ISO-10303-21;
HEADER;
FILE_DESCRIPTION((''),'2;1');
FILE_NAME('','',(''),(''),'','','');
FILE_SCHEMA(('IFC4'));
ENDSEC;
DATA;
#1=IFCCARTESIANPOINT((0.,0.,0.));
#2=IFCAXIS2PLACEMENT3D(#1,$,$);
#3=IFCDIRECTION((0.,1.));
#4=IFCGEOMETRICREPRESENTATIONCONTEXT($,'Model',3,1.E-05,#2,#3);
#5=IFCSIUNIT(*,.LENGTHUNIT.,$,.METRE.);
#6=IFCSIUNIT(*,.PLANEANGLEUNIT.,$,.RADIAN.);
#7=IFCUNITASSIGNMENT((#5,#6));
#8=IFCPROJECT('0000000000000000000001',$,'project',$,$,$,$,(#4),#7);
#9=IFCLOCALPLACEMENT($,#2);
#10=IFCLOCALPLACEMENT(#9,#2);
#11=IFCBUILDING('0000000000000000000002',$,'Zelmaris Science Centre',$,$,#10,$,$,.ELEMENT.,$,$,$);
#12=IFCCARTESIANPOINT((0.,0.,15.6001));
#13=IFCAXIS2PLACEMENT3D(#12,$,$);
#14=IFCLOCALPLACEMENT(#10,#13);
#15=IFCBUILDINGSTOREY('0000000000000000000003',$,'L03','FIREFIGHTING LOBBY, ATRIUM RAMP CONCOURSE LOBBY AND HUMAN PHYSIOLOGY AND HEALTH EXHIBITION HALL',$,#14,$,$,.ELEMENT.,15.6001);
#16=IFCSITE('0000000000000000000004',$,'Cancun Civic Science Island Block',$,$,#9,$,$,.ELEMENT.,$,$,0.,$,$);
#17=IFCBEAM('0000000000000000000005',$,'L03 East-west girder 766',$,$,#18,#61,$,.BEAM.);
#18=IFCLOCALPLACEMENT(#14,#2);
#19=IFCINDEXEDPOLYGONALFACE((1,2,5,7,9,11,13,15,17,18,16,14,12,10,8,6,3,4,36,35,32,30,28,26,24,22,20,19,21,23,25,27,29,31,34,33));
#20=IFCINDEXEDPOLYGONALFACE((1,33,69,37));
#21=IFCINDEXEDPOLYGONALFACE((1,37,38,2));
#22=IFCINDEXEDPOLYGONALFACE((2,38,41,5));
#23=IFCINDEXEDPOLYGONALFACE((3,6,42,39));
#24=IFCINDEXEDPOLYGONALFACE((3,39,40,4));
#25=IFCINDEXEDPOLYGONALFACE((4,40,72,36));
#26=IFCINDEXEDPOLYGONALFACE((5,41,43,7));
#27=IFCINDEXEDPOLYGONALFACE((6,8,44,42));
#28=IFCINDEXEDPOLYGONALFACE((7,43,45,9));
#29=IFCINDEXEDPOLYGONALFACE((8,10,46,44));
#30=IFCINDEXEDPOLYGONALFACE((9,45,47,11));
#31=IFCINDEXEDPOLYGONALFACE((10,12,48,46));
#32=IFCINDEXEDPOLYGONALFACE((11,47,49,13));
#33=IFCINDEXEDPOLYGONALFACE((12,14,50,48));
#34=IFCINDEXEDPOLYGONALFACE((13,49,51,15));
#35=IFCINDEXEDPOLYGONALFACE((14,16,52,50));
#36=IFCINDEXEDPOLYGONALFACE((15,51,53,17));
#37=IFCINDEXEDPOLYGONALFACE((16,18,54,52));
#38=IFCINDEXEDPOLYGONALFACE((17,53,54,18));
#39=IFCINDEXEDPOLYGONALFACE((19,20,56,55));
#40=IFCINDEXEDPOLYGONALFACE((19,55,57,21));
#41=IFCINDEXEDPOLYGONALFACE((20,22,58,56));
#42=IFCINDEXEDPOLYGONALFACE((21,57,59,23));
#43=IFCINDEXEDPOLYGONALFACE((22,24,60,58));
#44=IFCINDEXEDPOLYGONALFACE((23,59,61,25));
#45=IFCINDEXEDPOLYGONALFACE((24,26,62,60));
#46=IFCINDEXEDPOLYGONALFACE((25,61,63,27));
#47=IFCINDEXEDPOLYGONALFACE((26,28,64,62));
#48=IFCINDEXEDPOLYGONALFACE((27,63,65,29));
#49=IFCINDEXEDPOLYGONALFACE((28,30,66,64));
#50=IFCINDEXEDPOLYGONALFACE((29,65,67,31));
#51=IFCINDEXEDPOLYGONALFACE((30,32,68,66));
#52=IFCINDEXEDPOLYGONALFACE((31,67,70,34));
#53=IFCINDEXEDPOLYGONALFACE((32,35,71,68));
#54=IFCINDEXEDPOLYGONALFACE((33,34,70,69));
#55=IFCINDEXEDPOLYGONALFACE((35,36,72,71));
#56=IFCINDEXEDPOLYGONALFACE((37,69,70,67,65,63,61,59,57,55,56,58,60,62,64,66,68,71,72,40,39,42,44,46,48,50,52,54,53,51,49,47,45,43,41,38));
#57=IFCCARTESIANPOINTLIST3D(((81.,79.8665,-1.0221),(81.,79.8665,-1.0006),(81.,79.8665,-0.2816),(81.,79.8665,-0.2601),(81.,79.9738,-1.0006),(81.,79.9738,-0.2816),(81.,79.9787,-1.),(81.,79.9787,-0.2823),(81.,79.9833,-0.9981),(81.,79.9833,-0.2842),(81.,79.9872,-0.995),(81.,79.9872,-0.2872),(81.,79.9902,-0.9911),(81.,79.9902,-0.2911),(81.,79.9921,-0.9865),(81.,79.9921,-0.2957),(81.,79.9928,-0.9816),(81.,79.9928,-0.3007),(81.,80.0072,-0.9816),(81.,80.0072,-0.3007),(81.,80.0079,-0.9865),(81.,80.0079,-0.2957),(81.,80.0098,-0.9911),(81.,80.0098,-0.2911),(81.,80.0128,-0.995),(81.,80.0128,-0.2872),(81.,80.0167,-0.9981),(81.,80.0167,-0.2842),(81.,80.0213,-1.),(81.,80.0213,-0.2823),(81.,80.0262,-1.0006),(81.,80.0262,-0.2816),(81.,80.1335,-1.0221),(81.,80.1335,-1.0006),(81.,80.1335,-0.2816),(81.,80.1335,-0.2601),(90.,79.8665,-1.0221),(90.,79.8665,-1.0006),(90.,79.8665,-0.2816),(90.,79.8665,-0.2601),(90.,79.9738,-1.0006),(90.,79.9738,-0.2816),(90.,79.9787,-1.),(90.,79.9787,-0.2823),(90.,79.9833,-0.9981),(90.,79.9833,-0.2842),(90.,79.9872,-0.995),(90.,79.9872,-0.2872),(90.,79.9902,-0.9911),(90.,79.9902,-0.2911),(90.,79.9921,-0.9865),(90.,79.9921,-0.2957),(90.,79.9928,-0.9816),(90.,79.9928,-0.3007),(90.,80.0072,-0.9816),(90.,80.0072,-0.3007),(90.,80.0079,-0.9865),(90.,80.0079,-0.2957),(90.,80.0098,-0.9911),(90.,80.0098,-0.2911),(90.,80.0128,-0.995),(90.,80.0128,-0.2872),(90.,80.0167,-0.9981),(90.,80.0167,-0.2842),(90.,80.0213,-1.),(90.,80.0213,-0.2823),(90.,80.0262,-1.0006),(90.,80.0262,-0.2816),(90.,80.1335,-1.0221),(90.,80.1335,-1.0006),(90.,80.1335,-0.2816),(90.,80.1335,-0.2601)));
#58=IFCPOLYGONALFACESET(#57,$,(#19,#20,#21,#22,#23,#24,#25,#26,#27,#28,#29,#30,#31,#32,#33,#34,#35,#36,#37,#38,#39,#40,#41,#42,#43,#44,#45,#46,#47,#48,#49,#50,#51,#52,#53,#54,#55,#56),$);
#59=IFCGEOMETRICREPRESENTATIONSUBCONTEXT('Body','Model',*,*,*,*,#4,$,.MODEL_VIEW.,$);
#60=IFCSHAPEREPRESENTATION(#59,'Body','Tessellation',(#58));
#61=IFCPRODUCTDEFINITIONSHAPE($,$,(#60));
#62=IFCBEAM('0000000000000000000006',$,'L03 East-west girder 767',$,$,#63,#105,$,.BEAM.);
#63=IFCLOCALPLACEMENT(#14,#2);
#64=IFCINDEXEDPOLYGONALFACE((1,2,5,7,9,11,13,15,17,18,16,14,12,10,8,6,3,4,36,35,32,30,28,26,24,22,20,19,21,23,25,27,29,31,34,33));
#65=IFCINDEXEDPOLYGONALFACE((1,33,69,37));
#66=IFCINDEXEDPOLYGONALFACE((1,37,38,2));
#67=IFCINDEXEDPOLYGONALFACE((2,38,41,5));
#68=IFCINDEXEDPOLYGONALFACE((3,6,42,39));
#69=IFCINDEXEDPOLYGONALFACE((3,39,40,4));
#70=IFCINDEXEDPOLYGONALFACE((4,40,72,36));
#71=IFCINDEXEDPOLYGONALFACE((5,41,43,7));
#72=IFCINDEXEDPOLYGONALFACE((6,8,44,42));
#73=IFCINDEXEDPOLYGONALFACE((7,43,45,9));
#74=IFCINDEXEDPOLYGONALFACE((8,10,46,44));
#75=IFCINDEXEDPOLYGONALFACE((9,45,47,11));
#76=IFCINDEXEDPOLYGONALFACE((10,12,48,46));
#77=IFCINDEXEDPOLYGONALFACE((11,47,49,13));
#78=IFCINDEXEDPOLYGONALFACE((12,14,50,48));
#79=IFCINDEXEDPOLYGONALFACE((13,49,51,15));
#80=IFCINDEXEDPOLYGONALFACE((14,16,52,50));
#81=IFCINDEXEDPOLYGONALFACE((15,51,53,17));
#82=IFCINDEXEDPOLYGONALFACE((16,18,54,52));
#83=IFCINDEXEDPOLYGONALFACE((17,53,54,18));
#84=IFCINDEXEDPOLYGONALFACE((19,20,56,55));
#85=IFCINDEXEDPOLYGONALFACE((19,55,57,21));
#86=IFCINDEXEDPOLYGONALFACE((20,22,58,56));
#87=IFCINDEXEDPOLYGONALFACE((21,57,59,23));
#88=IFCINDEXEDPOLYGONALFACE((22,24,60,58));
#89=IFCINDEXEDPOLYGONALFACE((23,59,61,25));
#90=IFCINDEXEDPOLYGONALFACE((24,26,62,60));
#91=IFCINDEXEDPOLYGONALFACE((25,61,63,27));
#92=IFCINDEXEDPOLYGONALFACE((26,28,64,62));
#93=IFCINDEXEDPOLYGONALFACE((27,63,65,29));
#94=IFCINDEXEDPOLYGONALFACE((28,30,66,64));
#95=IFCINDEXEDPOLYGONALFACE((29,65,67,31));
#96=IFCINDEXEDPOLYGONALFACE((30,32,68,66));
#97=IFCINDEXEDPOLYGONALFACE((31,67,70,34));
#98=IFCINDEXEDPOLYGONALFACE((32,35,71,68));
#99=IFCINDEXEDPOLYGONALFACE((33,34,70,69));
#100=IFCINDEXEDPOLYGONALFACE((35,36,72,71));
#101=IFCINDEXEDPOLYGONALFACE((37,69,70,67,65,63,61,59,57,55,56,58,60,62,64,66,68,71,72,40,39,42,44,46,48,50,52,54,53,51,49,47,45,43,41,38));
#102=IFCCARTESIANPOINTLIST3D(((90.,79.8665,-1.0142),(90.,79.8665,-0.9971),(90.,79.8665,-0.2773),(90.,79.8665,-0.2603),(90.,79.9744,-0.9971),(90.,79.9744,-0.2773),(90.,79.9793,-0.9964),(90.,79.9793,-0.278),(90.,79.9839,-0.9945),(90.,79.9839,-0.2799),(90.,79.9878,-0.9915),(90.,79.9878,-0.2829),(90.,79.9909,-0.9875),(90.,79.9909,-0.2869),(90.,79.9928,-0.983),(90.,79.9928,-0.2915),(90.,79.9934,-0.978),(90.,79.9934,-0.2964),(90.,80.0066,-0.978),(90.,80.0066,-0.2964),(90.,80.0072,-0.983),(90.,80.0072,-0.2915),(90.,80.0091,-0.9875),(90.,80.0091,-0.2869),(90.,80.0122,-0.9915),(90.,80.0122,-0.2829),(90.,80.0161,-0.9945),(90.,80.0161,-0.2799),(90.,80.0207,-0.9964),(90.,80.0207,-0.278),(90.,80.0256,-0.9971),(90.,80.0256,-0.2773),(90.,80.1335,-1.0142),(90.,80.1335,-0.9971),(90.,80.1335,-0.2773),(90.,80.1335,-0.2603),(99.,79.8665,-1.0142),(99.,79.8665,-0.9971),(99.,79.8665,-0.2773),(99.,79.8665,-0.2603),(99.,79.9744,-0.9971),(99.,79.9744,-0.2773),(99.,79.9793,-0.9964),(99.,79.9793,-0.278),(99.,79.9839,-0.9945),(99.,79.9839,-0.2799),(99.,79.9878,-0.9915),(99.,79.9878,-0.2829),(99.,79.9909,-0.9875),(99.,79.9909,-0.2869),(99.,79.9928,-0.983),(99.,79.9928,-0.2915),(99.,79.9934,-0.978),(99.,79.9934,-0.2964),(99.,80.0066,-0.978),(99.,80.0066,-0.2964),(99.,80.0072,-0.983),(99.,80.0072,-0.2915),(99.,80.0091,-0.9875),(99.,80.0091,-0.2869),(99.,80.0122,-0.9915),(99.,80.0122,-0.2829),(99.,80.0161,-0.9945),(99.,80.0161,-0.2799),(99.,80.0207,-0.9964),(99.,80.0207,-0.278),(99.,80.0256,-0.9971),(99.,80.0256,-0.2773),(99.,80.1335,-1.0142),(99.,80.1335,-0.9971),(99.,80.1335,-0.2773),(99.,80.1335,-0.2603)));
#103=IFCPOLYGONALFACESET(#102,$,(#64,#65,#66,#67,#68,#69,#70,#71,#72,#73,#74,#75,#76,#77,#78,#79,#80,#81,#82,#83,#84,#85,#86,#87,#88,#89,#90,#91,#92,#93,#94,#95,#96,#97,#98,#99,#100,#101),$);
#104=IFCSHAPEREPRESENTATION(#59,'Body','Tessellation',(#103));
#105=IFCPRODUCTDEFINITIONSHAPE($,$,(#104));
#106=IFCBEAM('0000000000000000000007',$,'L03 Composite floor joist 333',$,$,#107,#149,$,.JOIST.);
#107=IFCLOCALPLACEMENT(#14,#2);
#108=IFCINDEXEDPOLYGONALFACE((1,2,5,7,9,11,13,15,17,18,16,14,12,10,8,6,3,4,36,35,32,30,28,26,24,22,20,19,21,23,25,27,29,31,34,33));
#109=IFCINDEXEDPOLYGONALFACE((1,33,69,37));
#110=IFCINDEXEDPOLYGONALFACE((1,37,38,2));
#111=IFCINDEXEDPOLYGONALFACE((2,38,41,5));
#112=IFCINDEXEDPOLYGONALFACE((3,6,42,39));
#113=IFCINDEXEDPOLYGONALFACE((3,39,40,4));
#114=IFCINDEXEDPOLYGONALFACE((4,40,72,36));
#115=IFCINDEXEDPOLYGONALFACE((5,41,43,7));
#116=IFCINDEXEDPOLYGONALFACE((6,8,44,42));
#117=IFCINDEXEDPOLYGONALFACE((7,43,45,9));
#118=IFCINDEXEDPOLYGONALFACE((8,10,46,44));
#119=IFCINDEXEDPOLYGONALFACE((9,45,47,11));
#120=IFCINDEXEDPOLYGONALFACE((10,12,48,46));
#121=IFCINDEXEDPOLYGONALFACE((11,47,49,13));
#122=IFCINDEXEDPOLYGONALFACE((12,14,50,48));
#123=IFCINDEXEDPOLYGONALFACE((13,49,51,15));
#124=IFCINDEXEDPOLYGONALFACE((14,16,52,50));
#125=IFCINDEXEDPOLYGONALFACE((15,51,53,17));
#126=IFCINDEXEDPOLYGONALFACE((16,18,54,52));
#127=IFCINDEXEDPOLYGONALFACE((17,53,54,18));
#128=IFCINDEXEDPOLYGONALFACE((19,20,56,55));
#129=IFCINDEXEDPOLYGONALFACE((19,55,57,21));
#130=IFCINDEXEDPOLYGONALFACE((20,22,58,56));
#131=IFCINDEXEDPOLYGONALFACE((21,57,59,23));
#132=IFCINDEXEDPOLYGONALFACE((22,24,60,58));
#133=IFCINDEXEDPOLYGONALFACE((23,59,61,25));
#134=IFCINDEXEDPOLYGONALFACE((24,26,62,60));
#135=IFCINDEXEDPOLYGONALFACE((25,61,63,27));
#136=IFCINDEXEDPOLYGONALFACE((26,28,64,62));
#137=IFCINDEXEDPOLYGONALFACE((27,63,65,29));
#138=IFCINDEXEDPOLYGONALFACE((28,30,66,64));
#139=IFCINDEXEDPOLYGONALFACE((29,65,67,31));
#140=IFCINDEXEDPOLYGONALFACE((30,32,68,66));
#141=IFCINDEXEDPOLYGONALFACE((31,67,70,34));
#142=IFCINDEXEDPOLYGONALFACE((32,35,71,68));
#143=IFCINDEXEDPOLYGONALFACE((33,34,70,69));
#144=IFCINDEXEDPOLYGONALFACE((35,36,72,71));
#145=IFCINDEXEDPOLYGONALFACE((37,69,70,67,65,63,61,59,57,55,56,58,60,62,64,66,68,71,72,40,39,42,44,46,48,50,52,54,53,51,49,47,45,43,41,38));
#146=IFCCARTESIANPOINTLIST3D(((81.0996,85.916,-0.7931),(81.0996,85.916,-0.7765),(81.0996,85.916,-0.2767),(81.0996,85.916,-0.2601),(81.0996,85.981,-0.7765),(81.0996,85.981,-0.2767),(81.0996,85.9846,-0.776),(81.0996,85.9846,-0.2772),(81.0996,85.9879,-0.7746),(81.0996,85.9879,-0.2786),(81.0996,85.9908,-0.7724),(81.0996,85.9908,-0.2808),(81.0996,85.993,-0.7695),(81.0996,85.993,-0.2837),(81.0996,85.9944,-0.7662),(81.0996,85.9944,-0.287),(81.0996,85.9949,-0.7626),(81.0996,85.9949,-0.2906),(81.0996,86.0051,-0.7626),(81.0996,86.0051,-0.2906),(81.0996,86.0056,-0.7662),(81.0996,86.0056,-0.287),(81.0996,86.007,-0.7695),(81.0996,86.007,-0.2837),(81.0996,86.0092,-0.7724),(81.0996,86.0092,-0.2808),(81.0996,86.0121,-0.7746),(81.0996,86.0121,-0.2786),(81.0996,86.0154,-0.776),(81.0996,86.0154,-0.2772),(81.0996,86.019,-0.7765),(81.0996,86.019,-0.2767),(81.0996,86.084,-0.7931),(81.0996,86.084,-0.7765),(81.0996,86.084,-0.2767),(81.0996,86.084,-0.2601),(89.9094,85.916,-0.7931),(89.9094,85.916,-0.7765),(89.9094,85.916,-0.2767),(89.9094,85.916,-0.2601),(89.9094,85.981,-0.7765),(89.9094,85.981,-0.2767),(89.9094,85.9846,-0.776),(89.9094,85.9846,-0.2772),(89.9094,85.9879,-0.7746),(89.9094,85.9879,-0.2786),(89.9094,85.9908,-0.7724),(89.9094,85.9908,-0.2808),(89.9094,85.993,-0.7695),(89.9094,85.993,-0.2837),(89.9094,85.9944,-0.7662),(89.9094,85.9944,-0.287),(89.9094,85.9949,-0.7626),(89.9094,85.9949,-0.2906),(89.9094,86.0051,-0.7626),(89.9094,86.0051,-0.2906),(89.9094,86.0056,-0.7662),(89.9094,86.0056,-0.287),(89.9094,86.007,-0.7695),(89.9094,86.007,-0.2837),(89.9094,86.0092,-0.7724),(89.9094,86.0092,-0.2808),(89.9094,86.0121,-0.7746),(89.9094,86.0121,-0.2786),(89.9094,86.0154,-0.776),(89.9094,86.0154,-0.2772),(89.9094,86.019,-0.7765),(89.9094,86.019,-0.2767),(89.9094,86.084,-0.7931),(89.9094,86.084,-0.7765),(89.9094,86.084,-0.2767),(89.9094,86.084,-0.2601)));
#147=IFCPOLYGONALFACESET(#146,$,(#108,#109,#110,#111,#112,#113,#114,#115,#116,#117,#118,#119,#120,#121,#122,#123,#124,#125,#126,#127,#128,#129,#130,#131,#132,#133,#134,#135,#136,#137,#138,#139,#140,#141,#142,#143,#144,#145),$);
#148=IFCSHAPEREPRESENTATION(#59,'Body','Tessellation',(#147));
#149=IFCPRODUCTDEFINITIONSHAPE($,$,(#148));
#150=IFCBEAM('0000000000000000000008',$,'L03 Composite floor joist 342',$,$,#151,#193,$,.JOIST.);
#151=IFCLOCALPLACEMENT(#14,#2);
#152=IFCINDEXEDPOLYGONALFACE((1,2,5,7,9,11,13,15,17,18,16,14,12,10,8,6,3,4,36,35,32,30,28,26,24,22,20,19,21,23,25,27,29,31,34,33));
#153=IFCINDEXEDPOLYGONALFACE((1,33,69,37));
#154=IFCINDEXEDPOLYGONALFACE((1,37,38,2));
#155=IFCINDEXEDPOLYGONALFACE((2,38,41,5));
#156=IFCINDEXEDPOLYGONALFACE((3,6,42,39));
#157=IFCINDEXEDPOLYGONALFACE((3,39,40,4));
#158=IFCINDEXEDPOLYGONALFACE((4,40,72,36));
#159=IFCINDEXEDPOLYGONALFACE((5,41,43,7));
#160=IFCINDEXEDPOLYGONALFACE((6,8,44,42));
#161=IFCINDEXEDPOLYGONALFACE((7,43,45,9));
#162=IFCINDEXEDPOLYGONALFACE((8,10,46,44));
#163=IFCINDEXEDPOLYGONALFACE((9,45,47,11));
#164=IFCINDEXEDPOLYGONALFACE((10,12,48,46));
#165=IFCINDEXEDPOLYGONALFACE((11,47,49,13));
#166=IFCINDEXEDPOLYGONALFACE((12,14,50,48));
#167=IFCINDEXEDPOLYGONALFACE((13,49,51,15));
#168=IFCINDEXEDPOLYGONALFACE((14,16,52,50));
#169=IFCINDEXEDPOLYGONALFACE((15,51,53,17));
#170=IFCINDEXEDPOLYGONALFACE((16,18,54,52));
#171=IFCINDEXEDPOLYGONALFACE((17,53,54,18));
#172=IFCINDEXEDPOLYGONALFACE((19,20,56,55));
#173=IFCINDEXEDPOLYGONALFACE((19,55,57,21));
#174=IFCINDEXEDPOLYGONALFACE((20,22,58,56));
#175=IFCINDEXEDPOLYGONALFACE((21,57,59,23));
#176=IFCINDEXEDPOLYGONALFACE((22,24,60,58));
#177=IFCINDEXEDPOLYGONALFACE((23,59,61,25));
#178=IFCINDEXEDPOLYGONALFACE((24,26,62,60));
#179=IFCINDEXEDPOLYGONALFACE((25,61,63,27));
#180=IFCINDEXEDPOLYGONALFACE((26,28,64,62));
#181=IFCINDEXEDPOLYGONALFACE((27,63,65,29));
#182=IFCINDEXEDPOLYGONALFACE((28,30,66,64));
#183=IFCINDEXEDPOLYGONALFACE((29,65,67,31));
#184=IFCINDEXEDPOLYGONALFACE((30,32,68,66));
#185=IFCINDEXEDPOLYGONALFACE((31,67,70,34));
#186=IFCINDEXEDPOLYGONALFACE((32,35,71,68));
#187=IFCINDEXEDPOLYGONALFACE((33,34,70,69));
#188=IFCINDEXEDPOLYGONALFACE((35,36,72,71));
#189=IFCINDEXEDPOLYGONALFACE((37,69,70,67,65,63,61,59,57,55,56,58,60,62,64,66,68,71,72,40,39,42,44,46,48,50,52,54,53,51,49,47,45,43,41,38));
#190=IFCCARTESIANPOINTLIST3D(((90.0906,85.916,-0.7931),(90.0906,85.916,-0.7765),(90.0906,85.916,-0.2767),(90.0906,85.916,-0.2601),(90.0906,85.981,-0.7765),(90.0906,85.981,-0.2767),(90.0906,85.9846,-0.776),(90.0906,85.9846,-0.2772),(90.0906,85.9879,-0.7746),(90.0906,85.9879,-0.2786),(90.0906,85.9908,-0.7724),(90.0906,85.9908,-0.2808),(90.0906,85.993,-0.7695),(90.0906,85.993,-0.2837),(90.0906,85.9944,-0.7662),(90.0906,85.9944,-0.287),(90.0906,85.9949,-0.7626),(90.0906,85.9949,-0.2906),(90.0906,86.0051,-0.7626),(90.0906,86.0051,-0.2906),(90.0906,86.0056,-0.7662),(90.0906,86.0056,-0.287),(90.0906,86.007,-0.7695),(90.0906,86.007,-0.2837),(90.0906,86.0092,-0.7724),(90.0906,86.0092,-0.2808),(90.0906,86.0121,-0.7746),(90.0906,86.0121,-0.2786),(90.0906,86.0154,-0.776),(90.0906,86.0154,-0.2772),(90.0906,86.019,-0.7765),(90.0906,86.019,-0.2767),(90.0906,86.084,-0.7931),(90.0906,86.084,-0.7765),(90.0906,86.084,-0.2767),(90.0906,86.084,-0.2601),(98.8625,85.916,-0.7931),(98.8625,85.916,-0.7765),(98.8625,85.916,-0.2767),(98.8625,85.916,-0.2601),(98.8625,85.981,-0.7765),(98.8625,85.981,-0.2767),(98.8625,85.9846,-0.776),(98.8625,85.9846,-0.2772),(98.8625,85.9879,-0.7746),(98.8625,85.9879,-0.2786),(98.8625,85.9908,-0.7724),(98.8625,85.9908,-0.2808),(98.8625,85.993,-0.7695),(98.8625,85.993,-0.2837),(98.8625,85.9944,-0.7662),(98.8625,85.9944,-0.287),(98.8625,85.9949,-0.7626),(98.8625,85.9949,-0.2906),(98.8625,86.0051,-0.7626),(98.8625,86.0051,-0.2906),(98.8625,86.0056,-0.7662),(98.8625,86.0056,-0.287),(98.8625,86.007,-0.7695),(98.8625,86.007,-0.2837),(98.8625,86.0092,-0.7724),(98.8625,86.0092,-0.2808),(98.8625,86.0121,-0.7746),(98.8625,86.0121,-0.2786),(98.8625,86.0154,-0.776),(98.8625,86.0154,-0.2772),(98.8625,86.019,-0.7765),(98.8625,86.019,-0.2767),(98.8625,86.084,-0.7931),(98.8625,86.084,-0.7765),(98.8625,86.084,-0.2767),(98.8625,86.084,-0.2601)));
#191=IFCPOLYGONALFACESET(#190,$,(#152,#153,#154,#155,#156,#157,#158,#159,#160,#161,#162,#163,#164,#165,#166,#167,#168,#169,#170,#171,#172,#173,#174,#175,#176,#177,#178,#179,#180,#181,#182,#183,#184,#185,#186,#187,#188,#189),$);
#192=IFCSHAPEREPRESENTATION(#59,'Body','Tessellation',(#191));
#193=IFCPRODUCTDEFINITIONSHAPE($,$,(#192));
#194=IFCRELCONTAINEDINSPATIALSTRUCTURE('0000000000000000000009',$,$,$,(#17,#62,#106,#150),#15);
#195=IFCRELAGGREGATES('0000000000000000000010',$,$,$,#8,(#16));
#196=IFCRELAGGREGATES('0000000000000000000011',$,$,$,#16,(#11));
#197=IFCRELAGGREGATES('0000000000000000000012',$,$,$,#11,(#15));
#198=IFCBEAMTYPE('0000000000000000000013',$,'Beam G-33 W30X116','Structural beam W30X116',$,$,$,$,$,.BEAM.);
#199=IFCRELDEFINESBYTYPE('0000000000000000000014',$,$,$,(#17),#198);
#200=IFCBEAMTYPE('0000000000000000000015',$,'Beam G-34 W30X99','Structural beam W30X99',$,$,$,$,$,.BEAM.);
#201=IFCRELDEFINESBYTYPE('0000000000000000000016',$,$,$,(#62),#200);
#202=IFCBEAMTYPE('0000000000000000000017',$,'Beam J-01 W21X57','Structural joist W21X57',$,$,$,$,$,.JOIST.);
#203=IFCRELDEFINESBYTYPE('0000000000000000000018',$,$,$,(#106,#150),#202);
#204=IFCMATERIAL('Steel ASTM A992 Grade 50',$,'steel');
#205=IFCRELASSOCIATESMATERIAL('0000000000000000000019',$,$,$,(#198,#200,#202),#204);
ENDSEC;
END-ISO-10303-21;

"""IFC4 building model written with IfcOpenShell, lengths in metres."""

from ifc_helpers import new_model, si_unit, direction, frame, origin, origin_2d, place, context, subcontext, project, spatial, i_section, extrude, material, material_profile, profile_set, type_object, element, save


model = new_model("IFC4")

# Units and contexts
model_context = context("Model", 3, precision=1e-05, world=origin(), true_north=direction((0.0, 1.0)))
body_context = subcontext(model_context, "Body", "Model", "MODEL_VIEW")
ifc_project = project(units=[si_unit("LENGTHUNIT", "METRE"), si_unit("PLANEANGLEUNIT", "RADIAN")], contexts=[model_context])

# Site, building, storey
site_placement = place(None, origin())
site = spatial("IfcSite", under=ifc_project, at=site_placement, Name="Cancun Civic Science Island Block", CompositionType="ELEMENT", RefElevation=0.0)
building_placement = place(site_placement, origin())
building = spatial("IfcBuilding", under=site, at=building_placement, Name="Zelmaris Science Centre", CompositionType="ELEMENT")
storey_placement = place(building_placement, frame((0.0, 0.0, 15.6001)))
storey = spatial("IfcBuildingStorey", under=building, at=storey_placement, Name="L03", Description="FIREFIGHTING LOBBY, ATRIUM RAMP CONCOURSE LOBBY AND HUMAN PHYSIOLOGY AND HEALTH EXHIBITION HALL", CompositionType="ELEMENT", Elevation=15.6001)

# Shared definitions
ifc_material_1 = material(Name="Steel ASTM A992 Grade 50", Category="steel")

# Beams
ifc_material_profile_1 = material_profile(ifc_material_1, i_section(OverallWidth=0.2671, OverallDepth=0.762, WebThickness=0.0144, FlangeThickness=0.0215, FilletRadius=0.019, at=origin_2d()), Name="W30X116")
ifc_profile_set_1 = profile_set([ifc_material_profile_1], Name="Steel ASTM A992 Grade 50")
beam_type_1 = type_object("IfcBeamType", Name="Beam G-33 W30X116", Description="Structural beam W30X116", PredefinedType="BEAM", material=ifc_profile_set_1)
beam_1_placement = place(storey_placement, frame((81.0, 80.0, -0.6411), z_axis=(1.0, 0.0, 0.0), x_axis=(0.0, 1.0, 0.0)))
element("IfcBeam", 1, at=beam_1_placement, inside=storey, type_object=beam_type_1, Name="L03 East-west girder 766", PredefinedType="BEAM", context=body_context, shape_type="SweptSolid", body=[
    extrude(i_section(OverallWidth=0.2671, OverallDepth=0.762, WebThickness=0.0144, FlangeThickness=0.0215, FilletRadius=0.019, at=origin_2d()), origin(), (0.0, 0.0, 1.0), 9.0),
])
ifc_material_profile_2 = material_profile(ifc_material_1, i_section(OverallWidth=0.2671, OverallDepth=0.7539, WebThickness=0.0132, FlangeThickness=0.0171, FilletRadius=0.019, at=origin_2d()), Name="W30X99")
ifc_profile_set_2 = profile_set([ifc_material_profile_2], Name="Steel ASTM A992 Grade 50")
beam_type_2 = type_object("IfcBeamType", Name="Beam G-34 W30X99", Description="Structural beam W30X99", PredefinedType="BEAM", material=ifc_profile_set_2)
beam_2_placement = place(storey_placement, frame((90.0, 80.0, -0.6372), z_axis=(1.0, 0.0, 0.0), x_axis=(0.0, 1.0, 0.0)))
element("IfcBeam", 2, at=beam_2_placement, inside=storey, type_object=beam_type_2, Name="L03 East-west girder 767", PredefinedType="BEAM", context=body_context, shape_type="SweptSolid", body=[
    extrude(i_section(OverallWidth=0.2671, OverallDepth=0.7539, WebThickness=0.0132, FlangeThickness=0.0171, FilletRadius=0.019, at=origin_2d()), origin(), (0.0, 0.0, 1.0), 9.0),
])
ifc_material_profile_3 = material_profile(ifc_material_1, i_section(OverallWidth=0.168, OverallDepth=0.533, WebThickness=0.0103, FlangeThickness=0.0166, FilletRadius=0.0139, at=origin_2d()), Name="W21X57")
ifc_profile_set_3 = profile_set([ifc_material_profile_3], Name="Steel ASTM A992 Grade 50")
beam_type_3 = type_object("IfcBeamType", Name="Beam J-01 W21X57", Description="Structural joist W21X57", PredefinedType="JOIST", material=ifc_profile_set_3)
beam_3_placement = place(storey_placement, frame((81.0996, 86.0, -0.5266), z_axis=(1.0, 0.0, 0.0), x_axis=(0.0, 1.0, 0.0)))
element("IfcBeam", 3, at=beam_3_placement, inside=storey, type_object=beam_type_3, Name="L03 Composite floor joist 333", PredefinedType="JOIST", context=body_context, shape_type="SweptSolid", body=[
    extrude(i_section(OverallWidth=0.168, OverallDepth=0.533, WebThickness=0.0103, FlangeThickness=0.0166, FilletRadius=0.0139, at=origin_2d()), origin(), (0.0, 0.0, 1.0), 8.8098),
])
beam_4_placement = place(storey_placement, frame((90.0906, 86.0, -0.5266), z_axis=(1.0, 0.0, 0.0), x_axis=(0.0, 1.0, 0.0)))
element("IfcBeam", 4, at=beam_4_placement, inside=storey, type_object=beam_type_3, Name="L03 Composite floor joist 342", PredefinedType="JOIST", context=body_context, shape_type="SweptSolid", body=[
    extrude(i_section(OverallWidth=0.168, OverallDepth=0.533, WebThickness=0.0103, FlangeThickness=0.0166, FilletRadius=0.0139, at=origin_2d()), origin(), (0.0, 0.0, 1.0), 8.772),
])

save(model, "model.ifc")
